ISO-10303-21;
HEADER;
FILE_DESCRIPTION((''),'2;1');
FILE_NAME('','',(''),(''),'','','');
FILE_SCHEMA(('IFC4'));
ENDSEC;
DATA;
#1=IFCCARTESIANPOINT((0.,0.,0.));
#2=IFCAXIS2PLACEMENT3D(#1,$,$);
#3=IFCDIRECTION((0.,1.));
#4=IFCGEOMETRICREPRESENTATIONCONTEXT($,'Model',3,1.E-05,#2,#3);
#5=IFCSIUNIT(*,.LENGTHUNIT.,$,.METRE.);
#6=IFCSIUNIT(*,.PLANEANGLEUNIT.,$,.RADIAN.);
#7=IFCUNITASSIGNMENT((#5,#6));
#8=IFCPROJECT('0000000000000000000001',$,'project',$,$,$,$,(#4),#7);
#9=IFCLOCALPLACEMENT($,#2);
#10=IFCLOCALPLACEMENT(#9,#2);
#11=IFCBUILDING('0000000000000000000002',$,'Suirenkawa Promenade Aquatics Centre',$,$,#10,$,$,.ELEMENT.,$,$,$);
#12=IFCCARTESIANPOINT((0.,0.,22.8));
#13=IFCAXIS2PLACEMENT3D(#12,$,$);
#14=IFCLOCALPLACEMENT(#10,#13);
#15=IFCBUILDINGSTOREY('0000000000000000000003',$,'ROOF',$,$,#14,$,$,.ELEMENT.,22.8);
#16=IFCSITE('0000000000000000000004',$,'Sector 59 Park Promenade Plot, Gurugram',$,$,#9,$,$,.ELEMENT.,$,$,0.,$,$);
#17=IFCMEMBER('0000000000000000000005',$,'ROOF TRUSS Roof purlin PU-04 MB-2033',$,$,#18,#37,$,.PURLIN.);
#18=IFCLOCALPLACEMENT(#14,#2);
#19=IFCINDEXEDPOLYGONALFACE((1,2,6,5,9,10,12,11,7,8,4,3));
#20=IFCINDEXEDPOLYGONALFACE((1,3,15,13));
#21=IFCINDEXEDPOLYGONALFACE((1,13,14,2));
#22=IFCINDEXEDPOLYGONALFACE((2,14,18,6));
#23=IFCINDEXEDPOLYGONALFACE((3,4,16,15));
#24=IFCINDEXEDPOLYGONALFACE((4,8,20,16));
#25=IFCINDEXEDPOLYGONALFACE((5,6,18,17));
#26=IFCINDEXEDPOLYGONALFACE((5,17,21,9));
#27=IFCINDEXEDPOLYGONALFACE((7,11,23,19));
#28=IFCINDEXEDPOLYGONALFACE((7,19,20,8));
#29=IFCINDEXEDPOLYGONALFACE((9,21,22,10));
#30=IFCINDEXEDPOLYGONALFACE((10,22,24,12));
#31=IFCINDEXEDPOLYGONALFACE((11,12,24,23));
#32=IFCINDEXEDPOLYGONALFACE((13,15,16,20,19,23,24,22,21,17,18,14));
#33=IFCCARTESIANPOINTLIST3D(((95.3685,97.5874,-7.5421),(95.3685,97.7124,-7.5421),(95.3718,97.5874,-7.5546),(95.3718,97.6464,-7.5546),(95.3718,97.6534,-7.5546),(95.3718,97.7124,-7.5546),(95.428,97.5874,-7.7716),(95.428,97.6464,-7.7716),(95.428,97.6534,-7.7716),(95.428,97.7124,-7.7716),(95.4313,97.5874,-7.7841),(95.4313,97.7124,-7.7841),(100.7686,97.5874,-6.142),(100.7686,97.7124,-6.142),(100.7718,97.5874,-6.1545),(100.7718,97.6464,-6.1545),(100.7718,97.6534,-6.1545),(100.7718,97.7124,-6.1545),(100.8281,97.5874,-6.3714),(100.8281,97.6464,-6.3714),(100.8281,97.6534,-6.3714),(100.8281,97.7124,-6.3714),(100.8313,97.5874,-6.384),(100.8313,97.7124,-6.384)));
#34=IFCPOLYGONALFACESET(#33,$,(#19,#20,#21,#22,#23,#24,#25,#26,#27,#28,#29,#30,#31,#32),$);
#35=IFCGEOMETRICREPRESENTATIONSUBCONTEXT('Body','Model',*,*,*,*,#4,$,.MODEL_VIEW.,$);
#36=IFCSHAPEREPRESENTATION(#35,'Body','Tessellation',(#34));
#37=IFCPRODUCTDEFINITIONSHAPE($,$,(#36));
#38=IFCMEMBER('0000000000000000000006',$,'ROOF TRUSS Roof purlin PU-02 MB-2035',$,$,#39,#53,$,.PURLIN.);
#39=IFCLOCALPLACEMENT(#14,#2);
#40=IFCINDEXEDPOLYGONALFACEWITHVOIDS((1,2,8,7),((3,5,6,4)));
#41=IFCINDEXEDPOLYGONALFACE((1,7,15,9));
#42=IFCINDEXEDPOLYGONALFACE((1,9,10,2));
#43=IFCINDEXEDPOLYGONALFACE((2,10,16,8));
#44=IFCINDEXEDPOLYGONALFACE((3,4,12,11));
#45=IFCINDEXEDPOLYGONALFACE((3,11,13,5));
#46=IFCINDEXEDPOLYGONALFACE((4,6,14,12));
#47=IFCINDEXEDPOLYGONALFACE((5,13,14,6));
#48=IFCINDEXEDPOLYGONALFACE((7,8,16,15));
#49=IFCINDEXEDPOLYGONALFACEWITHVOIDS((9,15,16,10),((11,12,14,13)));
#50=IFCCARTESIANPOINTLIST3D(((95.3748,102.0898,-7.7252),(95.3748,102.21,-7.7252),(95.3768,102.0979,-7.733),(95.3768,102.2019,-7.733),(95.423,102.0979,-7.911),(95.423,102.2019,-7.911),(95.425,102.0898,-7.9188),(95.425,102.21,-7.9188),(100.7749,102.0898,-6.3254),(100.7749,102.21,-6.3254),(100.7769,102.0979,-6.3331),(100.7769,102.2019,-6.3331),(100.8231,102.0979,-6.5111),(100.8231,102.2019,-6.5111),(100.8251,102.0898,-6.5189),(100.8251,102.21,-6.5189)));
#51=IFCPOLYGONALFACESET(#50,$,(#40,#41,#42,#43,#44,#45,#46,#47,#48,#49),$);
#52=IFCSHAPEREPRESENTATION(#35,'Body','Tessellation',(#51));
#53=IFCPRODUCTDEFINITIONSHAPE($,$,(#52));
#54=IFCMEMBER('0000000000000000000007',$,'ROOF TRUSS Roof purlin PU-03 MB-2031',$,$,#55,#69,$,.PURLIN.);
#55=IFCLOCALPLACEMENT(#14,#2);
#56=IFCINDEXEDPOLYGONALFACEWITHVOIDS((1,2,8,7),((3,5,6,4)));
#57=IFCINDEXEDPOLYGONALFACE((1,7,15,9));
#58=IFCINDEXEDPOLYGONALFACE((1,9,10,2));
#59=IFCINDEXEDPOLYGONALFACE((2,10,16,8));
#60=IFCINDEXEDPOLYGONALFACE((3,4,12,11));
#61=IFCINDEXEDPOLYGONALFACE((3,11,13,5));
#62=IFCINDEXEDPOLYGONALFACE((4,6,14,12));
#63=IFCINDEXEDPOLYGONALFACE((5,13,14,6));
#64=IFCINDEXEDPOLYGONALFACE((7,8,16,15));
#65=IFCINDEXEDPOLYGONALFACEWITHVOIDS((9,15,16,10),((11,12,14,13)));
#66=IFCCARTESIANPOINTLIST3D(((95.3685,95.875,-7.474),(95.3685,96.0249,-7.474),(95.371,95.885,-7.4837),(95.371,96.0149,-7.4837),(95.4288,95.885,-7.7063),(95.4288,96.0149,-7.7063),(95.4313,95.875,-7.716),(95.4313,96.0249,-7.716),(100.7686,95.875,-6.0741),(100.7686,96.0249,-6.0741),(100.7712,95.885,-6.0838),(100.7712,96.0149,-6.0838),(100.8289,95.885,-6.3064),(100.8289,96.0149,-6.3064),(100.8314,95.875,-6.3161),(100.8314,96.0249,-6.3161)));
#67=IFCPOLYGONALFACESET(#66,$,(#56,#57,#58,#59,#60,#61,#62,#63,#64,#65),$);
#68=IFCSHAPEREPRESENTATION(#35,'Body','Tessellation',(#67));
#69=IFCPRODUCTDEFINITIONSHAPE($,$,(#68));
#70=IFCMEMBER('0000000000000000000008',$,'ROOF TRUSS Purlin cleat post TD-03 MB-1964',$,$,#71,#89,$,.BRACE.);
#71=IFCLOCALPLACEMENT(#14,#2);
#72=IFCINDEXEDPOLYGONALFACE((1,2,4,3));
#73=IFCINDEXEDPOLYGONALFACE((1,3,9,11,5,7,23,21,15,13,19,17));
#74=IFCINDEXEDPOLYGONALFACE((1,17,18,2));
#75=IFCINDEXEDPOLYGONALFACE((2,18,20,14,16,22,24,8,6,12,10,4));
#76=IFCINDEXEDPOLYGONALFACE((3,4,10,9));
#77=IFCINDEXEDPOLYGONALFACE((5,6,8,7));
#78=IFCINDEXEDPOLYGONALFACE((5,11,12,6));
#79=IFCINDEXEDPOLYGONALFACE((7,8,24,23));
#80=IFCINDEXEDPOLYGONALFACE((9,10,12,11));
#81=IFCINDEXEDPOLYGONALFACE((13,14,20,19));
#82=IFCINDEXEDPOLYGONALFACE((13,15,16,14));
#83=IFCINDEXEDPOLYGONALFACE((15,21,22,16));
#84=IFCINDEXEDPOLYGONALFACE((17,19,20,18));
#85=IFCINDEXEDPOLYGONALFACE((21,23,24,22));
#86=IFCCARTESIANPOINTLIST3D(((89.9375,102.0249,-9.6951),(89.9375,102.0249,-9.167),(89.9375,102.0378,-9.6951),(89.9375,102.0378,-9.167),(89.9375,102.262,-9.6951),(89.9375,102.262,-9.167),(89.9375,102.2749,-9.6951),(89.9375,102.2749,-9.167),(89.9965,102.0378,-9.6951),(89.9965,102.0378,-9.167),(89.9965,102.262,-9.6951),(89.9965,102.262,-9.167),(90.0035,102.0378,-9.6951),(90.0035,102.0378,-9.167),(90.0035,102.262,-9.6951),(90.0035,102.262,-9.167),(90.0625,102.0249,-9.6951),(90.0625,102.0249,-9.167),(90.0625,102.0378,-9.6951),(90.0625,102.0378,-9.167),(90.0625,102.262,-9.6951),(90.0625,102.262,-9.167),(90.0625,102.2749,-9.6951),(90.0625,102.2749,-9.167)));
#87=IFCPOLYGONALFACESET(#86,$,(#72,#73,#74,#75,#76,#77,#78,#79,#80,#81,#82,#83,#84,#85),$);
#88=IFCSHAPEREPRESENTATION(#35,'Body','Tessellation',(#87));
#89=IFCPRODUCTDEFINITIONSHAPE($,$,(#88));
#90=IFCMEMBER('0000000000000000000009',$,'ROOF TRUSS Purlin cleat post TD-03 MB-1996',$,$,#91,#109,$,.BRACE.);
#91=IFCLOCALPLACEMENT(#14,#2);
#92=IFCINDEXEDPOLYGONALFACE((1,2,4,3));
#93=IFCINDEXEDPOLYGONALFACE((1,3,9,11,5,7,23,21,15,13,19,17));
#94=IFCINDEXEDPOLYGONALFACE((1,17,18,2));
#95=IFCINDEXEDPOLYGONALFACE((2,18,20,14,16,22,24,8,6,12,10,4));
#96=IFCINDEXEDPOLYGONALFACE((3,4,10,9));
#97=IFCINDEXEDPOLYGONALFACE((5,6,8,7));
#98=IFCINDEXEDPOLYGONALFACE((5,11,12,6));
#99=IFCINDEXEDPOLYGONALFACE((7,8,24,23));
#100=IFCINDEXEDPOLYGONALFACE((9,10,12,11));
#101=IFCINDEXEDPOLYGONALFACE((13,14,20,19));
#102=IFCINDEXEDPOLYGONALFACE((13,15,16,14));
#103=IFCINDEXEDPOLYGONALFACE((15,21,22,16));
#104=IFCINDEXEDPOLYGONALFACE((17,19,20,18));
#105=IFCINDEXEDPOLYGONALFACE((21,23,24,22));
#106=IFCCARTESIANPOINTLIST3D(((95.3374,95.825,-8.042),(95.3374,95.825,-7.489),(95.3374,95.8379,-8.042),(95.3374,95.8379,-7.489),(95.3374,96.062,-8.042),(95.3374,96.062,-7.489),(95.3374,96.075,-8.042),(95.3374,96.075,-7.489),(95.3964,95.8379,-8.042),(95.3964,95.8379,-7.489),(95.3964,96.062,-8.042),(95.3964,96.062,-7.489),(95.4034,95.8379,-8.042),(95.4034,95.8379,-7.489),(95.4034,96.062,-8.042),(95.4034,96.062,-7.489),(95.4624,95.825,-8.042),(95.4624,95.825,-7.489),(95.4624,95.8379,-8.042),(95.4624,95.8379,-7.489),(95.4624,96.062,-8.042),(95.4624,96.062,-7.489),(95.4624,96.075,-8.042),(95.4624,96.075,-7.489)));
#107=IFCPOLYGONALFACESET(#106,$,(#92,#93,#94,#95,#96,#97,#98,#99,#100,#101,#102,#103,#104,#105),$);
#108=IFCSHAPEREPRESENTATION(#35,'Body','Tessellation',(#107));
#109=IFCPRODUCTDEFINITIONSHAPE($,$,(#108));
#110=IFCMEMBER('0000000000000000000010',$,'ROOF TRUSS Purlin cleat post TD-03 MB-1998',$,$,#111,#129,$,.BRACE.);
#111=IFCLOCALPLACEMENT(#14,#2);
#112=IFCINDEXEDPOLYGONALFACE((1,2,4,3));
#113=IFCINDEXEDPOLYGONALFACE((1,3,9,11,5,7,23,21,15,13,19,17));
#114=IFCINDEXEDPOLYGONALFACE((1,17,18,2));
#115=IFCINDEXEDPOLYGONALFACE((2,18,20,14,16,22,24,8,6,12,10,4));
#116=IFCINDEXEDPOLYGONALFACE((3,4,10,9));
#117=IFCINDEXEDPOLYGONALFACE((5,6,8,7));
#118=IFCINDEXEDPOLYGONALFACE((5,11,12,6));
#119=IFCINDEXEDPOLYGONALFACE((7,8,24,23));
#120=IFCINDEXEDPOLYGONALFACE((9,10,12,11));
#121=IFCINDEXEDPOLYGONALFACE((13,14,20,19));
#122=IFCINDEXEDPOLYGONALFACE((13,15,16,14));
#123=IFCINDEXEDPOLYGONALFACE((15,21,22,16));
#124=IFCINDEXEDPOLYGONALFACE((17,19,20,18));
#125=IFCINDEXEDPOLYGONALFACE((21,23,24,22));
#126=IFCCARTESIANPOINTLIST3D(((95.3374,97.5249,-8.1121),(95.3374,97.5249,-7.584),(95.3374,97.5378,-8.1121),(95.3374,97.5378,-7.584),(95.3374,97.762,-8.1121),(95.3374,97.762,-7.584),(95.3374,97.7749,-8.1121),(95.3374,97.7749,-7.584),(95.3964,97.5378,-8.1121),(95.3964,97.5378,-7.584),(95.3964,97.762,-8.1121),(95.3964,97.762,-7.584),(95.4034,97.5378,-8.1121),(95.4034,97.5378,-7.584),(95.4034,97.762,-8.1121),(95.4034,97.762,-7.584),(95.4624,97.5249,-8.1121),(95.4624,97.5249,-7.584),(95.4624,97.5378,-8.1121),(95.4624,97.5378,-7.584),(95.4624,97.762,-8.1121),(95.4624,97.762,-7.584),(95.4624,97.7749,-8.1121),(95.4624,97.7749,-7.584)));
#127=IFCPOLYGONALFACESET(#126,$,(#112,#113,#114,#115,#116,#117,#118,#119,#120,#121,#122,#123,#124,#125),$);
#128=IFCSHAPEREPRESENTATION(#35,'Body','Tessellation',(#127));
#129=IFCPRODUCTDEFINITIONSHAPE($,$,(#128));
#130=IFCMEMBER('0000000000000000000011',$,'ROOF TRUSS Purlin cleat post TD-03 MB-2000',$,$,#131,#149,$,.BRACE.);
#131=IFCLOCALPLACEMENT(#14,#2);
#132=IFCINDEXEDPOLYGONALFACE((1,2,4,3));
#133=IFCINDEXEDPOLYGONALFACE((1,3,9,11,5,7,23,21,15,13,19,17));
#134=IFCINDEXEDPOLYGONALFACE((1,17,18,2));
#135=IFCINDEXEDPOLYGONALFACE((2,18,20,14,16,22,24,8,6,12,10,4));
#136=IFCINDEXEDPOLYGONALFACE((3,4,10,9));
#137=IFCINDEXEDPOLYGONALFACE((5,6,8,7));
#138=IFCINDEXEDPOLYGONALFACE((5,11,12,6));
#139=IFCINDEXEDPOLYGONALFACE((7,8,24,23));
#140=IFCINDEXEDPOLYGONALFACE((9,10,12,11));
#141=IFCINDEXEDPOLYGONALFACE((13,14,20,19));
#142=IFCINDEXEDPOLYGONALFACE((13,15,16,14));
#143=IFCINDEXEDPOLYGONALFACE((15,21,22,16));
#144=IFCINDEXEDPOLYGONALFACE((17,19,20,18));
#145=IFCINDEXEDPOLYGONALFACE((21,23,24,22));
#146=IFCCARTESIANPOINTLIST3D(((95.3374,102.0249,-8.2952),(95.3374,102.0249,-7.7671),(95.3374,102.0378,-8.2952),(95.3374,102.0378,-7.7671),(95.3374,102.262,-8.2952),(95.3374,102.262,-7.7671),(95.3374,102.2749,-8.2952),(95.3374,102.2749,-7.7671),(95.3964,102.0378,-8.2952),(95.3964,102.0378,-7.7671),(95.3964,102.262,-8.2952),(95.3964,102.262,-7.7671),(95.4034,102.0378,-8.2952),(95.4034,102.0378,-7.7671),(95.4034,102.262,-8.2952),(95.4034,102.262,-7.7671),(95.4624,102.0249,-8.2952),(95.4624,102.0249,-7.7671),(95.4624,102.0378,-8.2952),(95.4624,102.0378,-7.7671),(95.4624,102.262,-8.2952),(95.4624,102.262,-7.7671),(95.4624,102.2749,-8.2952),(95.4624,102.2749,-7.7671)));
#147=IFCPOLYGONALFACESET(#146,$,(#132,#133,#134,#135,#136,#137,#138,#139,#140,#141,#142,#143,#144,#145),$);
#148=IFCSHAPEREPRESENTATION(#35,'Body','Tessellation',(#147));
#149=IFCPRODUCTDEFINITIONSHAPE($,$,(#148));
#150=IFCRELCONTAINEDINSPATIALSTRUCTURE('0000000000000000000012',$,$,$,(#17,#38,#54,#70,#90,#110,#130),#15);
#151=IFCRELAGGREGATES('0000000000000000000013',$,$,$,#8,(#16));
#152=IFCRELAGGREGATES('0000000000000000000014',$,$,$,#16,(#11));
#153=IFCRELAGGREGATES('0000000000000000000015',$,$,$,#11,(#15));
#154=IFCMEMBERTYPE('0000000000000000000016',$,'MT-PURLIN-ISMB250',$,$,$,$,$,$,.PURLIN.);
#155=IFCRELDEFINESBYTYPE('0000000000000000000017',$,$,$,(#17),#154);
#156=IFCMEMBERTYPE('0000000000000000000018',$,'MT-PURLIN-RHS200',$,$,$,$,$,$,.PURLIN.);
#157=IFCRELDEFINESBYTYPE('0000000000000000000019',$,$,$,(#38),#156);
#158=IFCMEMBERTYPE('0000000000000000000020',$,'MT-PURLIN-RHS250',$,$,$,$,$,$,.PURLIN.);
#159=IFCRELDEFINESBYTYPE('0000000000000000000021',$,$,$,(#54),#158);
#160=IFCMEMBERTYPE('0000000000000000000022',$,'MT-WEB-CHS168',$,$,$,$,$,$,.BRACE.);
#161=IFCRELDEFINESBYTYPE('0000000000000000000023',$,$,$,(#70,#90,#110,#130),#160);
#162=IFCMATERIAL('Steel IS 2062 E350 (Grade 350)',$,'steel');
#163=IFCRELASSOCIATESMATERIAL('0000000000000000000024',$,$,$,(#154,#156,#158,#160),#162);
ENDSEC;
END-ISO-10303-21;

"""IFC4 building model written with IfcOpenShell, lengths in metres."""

from ifc_helpers import new_model, si_unit, direction, frame, origin, origin_2d, place, context, subcontext, project, spatial, hollow_rectangle, i_section, extrude, material, material_profile, profile_set, type_object, element, save


model = new_model("IFC4")

# Units and contexts
model_context = context("Model", 3, precision=1e-05, world=origin(), true_north=direction((0.0, 1.0)))
body_context = subcontext(model_context, "Body", "Model", "MODEL_VIEW")
ifc_project = project(units=[si_unit("LENGTHUNIT", "METRE"), si_unit("PLANEANGLEUNIT", "RADIAN")], contexts=[model_context])

# Site, building, storey
site_placement = place(None, origin())
site = spatial("IfcSite", under=ifc_project, at=site_placement, Name="Sector 59 Park Promenade Plot, Gurugram", CompositionType="ELEMENT", RefElevation=0.0)
building_placement = place(site_placement, origin())
building = spatial("IfcBuilding", under=site, at=building_placement, Name="Suirenkawa Promenade Aquatics Centre", CompositionType="ELEMENT")
storey_placement = place(building_placement, frame((0.0, 0.0, 22.8)))
storey = spatial("IfcBuildingStorey", under=building, at=storey_placement, Name="ROOF", CompositionType="ELEMENT", Elevation=22.8)

# Shared definitions
ifc_material_1 = material(Name="Steel IS 2062 E350 (Grade 350)", Category="steel")

# Members
ifc_material_profile_1 = material_profile(ifc_material_1, i_section(OverallWidth=0.125, OverallDepth=0.25, WebThickness=0.0071, FlangeThickness=0.0129, at=origin_2d()), Name="ISMB 250", Category="steel")
ifc_profile_set_1 = profile_set([ifc_material_profile_1], Name="Steel IS 2062 E350 (Grade 350)")
member_type_1 = type_object("IfcMemberType", Name="MT-PURLIN-ISMB250", PredefinedType="PURLIN", material=ifc_profile_set_1)
member_1_placement = place(storey_placement, frame((95.3999, 97.6499, -7.6631), z_axis=(0.967992, 0.0, 0.25098), x_axis=(0.0, 1.0, 0.0)))
element("IfcMember", 1, at=member_1_placement, inside=storey, type_object=member_type_1, Name="ROOF TRUSS Roof purlin PU-04 MB-2033", PredefinedType="PURLIN", context=body_context, shape_type="SweptSolid", body=[
    extrude(i_section(OverallWidth=0.125, OverallDepth=0.25, WebThickness=0.0071, FlangeThickness=0.0129, at=origin_2d()), origin(), (0.0, 0.0, 1.0), 5.5786),
])
ifc_material_profile_2 = material_profile(ifc_material_1, hollow_rectangle(XDim=0.1201, YDim=0.2, WallThickness=0.0081, at=origin_2d()), Name="RHS 200x120x8", Category="steel")
ifc_profile_set_2 = profile_set([ifc_material_profile_2], Name="Steel IS 2062 E350 (Grade 350)")
member_type_2 = type_object("IfcMemberType", Name="MT-PURLIN-RHS200", PredefinedType="PURLIN", material=ifc_profile_set_2)
member_2_placement = place(storey_placement, frame((95.3999, 102.1499, -7.822), z_axis=(0.968003, 0.0, 0.250939), x_axis=(0.0, 1.0, 0.0)))
element("IfcMember", 2, at=member_2_placement, inside=storey, type_object=member_type_2, Name="ROOF TRUSS Roof purlin PU-02 MB-2035", PredefinedType="PURLIN", context=body_context, shape_type="SweptSolid", body=[
    extrude(hollow_rectangle(XDim=0.1201, YDim=0.2, WallThickness=0.0081, at=origin_2d()), origin(), (0.0, 0.0, 1.0), 5.5786),
])
ifc_material_profile_3 = material_profile(ifc_material_1, hollow_rectangle(XDim=0.1499, YDim=0.25, WallThickness=0.01, at=origin_2d()), Name="RHS 250x150x10", Category="steel")
ifc_profile_set_3 = profile_set([ifc_material_profile_3], Name="Steel IS 2062 E350 (Grade 350)")
member_type_3 = type_object("IfcMemberType", Name="MT-PURLIN-RHS250", PredefinedType="PURLIN", material=ifc_profile_set_3)
member_3_placement = place(storey_placement, frame((95.3999, 95.95, -7.595), z_axis=(0.968003, 0.0, 0.250939), x_axis=(0.0, 1.0, 0.0)))
element("IfcMember", 3, at=member_3_placement, inside=storey, type_object=member_type_3, Name="ROOF TRUSS Roof purlin PU-03 MB-2031", PredefinedType="PURLIN", context=body_context, shape_type="SweptSolid", body=[
    extrude(hollow_rectangle(XDim=0.1499, YDim=0.25, WallThickness=0.01, at=origin_2d()), origin(), (0.0, 0.0, 1.0), 5.5786),
])
ifc_material_profile_4 = material_profile(ifc_material_1, i_section(OverallWidth=0.125, OverallDepth=0.25, WebThickness=0.0071, FlangeThickness=0.0129, at=origin_2d()), Name="ISMB 250", Category="steel")
ifc_profile_set_4 = profile_set([ifc_material_profile_4], Name="Steel IS 2062 E350 (Grade 350)")
member_type_4 = type_object("IfcMemberType", Name="MT-WEB-CHS168", PredefinedType="BRACE", material=ifc_profile_set_4)
member_4_placement = place(storey_placement, frame((90.0, 102.1499, -9.6951), z_axis=(0.0, 0.0, 1.0), x_axis=(1.0, 0.0, 0.0)))
element("IfcMember", 4, at=member_4_placement, inside=storey, type_object=member_type_4, Name="ROOF TRUSS Purlin cleat post TD-03 MB-1964", PredefinedType="BRACE", context=body_context, shape_type="SweptSolid", body=[
    extrude(i_section(OverallWidth=0.125, OverallDepth=0.25, WebThickness=0.0071, FlangeThickness=0.0129, at=origin_2d()), origin(), (0.0, 0.0, 1.0), 0.5281),
])
member_5_placement = place(storey_placement, frame((95.3999, 95.95, -8.042), z_axis=(0.0, 0.0, 1.0), x_axis=(1.0, 0.0, 0.0)))
element("IfcMember", 5, at=member_5_placement, inside=storey, type_object=member_type_4, Name="ROOF TRUSS Purlin cleat post TD-03 MB-1996", PredefinedType="BRACE", context=body_context, shape_type="SweptSolid", body=[
    extrude(i_section(OverallWidth=0.125, OverallDepth=0.25, WebThickness=0.0071, FlangeThickness=0.0129, at=origin_2d()), origin(), (0.0, 0.0, 1.0), 0.553),
])
for number, where, z_axis, x_axis, name in (
    (6, (95.3999, 97.6499, -8.1121), (0.0, 0.0, 1.0), (1.0, 0.0, 0.0), "ROOF TRUSS Purlin cleat post TD-03 MB-1998"),
    (7, (95.3999, 102.1499, -8.2952), (0.0, 0.0, 1.0), (1.0, 0.0, 0.0), "ROOF TRUSS Purlin cleat post TD-03 MB-2000"),
):
    element("IfcMember", number, at=place(storey_placement, frame(where, z_axis=z_axis, x_axis=x_axis)), inside=storey, type_object=member_type_4, Name=name, PredefinedType="BRACE", context=body_context, shape_type="SweptSolid", body=[
        extrude(i_section(OverallWidth=0.125, OverallDepth=0.25, WebThickness=0.0071, FlangeThickness=0.0129, at=origin_2d()), origin(), (0.0, 0.0, 1.0), 0.5281),
    ])

save(model, "model.ifc")
